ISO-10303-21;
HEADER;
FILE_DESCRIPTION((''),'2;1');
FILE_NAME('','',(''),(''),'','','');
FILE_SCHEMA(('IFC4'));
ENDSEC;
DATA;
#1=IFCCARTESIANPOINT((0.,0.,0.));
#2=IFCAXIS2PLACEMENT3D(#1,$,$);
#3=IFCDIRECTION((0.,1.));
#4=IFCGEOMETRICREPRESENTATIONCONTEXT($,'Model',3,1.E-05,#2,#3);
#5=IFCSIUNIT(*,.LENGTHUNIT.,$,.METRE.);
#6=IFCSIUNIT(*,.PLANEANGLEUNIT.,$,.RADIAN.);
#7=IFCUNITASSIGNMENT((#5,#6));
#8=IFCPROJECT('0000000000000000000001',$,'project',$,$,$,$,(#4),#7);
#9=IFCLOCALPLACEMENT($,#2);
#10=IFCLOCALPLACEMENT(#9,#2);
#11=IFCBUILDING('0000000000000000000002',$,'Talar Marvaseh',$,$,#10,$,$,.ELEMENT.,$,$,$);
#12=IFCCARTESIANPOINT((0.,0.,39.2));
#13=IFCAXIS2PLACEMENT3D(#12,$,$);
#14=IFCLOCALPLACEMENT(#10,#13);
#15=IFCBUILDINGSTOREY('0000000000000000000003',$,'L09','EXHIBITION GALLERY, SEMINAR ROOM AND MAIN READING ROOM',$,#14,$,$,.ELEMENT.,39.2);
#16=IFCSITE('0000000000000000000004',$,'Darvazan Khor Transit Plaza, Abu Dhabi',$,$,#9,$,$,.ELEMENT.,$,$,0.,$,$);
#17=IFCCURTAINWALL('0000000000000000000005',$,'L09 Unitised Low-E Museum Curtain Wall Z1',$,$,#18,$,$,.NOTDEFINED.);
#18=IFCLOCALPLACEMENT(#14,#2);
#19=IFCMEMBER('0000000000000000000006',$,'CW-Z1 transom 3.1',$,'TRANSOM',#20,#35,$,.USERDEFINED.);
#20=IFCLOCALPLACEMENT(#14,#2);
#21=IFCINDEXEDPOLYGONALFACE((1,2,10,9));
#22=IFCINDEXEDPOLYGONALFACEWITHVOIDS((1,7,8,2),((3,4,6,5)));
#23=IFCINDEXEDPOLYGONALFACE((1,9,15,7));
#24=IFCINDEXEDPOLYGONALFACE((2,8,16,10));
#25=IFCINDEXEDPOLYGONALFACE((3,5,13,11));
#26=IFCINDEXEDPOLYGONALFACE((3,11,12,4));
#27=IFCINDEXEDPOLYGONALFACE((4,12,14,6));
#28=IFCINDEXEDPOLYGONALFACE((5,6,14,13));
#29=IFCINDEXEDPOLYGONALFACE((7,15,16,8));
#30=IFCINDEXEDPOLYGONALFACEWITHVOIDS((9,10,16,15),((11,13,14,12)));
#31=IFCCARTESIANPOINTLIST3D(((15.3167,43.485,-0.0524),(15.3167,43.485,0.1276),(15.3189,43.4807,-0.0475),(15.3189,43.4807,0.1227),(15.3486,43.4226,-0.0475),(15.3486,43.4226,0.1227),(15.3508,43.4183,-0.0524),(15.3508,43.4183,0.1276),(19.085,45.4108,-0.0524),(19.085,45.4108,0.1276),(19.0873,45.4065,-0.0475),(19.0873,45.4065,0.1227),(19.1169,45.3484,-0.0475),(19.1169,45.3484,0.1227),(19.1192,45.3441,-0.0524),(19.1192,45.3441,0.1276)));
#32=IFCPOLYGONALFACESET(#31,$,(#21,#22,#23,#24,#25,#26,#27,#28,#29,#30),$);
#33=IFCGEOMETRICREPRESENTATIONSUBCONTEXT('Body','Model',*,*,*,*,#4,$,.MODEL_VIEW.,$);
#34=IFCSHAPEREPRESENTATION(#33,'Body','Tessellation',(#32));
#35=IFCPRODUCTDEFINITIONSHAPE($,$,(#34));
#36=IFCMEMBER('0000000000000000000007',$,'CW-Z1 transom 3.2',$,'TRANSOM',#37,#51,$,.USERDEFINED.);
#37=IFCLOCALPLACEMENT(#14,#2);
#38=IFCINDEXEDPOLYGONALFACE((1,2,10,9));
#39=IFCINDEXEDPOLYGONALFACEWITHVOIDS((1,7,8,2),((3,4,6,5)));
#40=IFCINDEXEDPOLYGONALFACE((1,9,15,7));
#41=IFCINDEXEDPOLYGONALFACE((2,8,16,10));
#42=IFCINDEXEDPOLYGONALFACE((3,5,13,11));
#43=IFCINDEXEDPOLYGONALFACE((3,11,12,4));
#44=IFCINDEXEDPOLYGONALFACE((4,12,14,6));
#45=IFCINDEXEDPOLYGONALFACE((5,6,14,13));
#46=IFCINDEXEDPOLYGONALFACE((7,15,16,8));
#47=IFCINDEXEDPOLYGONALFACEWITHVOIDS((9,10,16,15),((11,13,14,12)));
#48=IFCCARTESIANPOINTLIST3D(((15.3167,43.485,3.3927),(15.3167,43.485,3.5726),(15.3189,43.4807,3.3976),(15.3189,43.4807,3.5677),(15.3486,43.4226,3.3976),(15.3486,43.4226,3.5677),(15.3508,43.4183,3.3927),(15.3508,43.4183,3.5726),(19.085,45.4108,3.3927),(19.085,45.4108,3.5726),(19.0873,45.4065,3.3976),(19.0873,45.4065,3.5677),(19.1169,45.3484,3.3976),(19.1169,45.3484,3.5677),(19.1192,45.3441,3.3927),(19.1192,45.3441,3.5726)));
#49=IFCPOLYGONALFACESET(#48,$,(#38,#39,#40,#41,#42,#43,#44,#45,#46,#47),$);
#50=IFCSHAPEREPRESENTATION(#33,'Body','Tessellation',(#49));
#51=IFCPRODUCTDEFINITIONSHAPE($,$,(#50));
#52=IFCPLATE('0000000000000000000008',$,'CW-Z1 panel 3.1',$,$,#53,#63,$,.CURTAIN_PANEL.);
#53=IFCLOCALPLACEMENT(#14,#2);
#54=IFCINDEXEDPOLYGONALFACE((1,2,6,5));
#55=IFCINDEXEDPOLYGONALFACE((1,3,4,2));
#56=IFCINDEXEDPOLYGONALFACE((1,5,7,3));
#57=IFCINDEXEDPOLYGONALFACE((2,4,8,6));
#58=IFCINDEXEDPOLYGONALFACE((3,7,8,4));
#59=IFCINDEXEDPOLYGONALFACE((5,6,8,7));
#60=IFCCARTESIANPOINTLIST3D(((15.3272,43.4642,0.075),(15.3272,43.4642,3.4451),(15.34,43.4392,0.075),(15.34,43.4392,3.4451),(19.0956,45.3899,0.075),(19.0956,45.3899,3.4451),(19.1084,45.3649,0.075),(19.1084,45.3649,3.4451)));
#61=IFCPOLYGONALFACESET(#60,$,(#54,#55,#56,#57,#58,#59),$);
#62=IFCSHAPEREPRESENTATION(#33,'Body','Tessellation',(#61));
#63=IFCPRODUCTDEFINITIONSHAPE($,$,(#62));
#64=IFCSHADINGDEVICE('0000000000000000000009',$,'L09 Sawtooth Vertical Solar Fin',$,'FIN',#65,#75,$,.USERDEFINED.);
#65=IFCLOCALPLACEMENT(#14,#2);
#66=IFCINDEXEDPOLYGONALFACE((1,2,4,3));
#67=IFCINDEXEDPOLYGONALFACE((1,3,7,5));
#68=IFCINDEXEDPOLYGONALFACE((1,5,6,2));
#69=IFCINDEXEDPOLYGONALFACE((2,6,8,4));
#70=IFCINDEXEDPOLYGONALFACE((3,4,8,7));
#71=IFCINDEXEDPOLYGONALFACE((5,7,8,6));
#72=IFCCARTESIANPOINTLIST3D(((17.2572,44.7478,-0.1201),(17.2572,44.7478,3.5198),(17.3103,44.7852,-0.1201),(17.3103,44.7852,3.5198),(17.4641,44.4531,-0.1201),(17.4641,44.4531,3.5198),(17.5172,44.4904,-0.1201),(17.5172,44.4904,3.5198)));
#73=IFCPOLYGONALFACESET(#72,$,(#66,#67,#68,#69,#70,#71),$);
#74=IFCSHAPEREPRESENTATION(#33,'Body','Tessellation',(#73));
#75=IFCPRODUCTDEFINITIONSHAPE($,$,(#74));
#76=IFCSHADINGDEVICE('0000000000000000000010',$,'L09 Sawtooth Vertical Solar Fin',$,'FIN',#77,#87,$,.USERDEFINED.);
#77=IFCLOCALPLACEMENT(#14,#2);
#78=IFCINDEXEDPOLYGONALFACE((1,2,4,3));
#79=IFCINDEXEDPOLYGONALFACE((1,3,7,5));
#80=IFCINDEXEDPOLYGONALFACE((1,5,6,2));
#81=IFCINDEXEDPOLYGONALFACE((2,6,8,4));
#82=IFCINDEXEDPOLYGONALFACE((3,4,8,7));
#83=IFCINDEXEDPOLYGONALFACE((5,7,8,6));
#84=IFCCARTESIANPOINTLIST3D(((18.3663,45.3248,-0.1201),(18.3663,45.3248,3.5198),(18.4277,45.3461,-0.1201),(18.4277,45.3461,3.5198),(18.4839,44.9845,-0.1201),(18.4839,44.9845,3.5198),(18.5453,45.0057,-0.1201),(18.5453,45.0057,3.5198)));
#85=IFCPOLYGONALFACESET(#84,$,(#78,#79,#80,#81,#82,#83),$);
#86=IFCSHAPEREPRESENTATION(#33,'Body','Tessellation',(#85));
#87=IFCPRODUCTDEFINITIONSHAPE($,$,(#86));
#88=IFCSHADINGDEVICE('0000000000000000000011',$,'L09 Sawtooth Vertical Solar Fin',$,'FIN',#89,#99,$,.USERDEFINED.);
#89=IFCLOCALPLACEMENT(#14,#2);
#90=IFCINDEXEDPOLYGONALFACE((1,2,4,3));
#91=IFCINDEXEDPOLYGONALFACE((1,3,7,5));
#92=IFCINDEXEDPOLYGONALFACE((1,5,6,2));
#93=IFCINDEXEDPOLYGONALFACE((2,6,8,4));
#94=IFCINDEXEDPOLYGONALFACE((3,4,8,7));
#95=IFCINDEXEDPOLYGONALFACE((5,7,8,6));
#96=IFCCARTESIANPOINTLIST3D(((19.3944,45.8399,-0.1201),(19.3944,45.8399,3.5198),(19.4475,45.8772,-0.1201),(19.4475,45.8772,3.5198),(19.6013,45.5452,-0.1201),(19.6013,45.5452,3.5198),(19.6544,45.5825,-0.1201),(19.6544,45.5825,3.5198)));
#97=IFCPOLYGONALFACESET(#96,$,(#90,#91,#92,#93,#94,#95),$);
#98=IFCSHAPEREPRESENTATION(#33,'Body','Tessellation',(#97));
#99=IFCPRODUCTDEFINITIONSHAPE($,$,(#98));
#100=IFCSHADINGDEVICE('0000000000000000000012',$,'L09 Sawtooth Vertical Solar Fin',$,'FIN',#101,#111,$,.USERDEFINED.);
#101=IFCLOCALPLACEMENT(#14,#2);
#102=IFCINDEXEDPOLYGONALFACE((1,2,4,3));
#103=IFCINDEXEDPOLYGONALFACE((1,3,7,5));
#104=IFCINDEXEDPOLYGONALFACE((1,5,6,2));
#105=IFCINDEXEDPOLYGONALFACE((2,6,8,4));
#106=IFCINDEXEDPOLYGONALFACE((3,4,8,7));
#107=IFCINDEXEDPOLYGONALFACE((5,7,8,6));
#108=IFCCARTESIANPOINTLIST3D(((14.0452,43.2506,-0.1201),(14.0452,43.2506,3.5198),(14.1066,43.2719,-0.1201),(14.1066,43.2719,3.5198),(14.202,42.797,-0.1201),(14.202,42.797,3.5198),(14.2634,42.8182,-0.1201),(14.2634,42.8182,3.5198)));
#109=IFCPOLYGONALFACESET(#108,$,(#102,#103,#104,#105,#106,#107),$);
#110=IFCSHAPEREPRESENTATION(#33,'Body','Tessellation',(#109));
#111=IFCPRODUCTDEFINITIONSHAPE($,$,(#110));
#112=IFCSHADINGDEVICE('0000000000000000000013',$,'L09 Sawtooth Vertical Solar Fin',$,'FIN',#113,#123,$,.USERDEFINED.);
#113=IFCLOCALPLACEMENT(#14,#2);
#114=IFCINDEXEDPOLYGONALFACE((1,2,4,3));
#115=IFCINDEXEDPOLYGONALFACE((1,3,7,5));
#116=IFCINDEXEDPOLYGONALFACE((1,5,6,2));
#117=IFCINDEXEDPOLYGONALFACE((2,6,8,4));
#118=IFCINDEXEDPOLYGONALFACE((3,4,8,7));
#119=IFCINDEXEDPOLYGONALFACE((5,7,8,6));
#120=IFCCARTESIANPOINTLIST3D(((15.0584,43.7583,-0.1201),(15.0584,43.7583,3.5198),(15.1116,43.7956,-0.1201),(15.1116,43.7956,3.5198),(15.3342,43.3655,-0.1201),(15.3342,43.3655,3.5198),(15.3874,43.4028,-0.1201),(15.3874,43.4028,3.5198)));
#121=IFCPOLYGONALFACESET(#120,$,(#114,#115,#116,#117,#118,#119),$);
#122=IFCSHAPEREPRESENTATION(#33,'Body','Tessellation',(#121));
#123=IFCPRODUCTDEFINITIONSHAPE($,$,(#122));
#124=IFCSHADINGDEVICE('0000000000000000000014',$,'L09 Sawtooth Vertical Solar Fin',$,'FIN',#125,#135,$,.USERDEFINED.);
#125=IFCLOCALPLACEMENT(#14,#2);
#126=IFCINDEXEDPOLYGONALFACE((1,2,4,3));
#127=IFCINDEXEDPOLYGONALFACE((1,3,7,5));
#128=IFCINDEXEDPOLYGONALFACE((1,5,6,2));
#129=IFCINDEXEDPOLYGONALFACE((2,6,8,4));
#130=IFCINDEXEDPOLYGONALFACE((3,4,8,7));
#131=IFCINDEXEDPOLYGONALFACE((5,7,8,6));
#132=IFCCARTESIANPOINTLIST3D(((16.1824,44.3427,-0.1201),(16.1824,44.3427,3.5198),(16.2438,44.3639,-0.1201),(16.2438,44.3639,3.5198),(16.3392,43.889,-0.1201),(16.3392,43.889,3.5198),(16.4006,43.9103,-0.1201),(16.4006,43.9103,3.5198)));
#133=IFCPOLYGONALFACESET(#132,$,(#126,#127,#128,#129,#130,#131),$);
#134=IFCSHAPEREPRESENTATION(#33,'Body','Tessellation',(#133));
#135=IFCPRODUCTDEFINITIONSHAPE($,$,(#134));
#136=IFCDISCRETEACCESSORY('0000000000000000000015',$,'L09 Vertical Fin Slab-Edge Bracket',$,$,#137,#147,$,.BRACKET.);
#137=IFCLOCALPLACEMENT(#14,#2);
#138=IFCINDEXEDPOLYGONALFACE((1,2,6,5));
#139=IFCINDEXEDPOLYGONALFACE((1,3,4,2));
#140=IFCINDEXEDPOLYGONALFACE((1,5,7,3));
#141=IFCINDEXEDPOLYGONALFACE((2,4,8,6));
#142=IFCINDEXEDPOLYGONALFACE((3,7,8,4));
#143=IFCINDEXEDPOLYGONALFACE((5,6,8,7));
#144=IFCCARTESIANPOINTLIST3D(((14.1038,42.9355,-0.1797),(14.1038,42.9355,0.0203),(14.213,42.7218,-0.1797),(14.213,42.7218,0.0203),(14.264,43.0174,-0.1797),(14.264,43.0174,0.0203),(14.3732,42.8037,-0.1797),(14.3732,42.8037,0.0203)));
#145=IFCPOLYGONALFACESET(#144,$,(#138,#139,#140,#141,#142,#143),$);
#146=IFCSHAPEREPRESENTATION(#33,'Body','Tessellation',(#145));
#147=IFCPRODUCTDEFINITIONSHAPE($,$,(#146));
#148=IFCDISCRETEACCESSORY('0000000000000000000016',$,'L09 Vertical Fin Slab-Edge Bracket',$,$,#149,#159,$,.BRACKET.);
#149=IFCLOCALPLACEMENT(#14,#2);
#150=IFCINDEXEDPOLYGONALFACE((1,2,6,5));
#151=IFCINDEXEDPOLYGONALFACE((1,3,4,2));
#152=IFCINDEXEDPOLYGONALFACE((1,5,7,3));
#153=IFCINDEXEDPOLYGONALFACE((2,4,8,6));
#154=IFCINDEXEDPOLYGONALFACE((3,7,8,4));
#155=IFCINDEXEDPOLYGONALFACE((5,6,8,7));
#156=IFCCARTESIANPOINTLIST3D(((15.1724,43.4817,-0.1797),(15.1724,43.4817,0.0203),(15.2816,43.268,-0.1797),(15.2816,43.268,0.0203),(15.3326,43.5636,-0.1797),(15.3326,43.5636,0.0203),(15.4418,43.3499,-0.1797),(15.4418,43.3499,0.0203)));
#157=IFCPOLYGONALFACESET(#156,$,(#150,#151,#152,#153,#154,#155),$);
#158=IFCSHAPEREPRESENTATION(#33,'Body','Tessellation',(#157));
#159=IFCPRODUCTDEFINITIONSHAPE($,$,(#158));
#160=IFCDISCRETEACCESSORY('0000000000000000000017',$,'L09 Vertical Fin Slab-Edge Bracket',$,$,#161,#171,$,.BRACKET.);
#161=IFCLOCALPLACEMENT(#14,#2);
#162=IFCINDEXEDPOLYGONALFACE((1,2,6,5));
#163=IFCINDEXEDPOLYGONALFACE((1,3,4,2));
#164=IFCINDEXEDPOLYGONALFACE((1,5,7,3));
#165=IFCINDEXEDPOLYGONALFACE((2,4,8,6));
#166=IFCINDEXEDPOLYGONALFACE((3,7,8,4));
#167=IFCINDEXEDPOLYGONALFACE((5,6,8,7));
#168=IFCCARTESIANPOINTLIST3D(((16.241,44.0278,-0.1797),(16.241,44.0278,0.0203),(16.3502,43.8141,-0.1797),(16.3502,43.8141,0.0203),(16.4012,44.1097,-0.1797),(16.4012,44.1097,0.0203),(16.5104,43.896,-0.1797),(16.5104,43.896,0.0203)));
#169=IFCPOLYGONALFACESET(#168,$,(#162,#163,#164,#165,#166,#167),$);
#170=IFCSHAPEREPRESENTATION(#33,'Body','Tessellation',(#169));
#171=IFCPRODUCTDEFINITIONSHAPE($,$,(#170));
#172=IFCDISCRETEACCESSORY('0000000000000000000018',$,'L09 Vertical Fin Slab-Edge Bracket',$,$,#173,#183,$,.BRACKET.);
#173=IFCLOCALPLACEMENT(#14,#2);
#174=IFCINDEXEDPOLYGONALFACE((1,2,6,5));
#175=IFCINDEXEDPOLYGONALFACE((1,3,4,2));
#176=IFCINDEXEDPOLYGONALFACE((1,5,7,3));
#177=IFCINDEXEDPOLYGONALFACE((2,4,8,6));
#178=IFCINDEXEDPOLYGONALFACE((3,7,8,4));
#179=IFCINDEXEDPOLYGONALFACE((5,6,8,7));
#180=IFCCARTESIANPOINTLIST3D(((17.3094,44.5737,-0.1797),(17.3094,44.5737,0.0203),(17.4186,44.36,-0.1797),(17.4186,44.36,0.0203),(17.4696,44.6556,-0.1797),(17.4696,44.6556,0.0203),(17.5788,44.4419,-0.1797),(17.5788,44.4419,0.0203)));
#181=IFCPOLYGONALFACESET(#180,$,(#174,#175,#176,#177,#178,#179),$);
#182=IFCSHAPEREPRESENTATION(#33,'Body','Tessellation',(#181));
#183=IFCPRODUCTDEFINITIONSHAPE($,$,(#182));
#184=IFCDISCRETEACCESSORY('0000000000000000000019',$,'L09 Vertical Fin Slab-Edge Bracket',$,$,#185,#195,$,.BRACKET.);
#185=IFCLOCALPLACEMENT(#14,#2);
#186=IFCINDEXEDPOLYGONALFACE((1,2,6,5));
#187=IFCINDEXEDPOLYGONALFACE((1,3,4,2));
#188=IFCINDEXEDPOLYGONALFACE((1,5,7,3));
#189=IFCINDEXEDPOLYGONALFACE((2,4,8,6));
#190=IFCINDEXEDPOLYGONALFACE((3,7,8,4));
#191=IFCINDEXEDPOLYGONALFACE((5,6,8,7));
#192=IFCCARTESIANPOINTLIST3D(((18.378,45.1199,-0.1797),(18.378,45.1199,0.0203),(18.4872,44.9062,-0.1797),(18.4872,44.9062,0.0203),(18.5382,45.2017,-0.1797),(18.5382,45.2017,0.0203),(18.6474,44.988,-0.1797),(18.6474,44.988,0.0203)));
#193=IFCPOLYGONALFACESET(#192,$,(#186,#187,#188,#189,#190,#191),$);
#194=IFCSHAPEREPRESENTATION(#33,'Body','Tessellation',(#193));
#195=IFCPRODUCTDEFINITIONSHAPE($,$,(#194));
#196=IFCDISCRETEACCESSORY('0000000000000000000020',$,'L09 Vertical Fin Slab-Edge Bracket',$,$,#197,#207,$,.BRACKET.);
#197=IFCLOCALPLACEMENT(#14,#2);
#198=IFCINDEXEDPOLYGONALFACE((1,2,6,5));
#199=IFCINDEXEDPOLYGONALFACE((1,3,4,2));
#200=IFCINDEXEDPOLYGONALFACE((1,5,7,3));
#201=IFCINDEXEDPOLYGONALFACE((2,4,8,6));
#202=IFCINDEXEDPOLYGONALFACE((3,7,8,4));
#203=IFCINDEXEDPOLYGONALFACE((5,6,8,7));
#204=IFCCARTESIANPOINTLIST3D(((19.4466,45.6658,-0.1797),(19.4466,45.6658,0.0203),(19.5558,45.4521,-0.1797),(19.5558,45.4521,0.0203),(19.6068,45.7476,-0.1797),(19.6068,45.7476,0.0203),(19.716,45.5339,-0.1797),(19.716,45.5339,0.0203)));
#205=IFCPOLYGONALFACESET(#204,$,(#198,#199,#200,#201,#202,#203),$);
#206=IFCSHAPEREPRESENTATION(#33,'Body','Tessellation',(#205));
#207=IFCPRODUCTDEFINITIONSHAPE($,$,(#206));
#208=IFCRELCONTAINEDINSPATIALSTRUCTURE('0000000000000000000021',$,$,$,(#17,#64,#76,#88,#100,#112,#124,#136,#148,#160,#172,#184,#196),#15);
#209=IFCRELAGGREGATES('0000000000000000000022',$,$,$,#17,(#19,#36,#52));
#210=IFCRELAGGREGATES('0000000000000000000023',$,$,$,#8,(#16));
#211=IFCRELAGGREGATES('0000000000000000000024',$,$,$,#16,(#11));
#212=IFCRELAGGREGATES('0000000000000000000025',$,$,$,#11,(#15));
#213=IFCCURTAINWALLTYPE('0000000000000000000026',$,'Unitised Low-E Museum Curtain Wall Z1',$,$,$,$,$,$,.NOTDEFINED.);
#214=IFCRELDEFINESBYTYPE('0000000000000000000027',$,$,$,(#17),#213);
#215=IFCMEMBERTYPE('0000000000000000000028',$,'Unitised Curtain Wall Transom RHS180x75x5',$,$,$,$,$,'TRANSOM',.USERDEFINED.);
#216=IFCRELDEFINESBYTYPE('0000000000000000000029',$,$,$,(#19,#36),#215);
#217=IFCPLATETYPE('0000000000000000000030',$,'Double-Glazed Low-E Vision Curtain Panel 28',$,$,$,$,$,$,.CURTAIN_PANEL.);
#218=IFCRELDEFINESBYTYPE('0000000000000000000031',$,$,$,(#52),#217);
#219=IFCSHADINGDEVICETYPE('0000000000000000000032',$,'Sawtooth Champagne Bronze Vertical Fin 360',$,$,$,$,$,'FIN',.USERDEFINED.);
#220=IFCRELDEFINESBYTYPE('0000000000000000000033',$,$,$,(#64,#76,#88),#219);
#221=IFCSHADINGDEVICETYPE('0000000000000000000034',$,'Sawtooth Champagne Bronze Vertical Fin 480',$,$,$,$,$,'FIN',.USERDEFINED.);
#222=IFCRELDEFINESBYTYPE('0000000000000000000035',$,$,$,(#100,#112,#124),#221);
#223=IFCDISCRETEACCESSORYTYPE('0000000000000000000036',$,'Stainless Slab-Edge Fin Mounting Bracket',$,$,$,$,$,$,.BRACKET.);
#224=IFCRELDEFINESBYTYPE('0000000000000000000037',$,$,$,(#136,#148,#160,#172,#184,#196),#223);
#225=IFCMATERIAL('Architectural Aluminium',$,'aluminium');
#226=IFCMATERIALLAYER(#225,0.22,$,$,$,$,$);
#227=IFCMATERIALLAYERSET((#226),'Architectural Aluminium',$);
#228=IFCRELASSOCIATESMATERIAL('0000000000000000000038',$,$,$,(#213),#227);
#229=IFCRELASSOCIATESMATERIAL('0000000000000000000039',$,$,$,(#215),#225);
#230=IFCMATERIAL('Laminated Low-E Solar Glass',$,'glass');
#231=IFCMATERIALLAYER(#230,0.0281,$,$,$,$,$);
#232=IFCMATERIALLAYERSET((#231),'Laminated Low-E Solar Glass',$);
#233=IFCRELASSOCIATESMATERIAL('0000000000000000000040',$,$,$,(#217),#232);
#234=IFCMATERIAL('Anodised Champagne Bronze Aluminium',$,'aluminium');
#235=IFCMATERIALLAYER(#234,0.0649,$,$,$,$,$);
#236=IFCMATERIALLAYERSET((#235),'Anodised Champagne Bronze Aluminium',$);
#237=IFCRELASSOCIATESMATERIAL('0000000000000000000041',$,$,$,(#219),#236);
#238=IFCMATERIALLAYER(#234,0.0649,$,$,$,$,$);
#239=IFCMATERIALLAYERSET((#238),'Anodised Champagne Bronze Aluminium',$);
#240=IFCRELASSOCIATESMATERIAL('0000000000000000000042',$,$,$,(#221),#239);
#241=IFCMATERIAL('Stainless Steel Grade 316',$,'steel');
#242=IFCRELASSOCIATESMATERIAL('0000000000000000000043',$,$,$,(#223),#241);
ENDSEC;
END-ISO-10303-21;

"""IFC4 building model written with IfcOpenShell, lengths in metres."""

from ifc_helpers import new_model, si_unit, direction, frame, origin, origin_2d, place, context, subcontext, project, spatial, rectangle, hollow_rectangle, extrude, source, transform, mapped, material, layer, layer_set, material_profile, profile_set, type_object, type_shapes, element, aggregate, save


model = new_model("IFC4")

# Units and contexts
model_context = context("Model", 3, precision=1e-05, world=origin(), true_north=direction((0.0, 1.0)))
body_context = subcontext(model_context, "Body", "Model", "MODEL_VIEW")
ifc_project = project(units=[si_unit("LENGTHUNIT", "METRE"), si_unit("PLANEANGLEUNIT", "RADIAN")], contexts=[model_context])

# Site, building, storey
site_placement = place(None, origin())
site = spatial("IfcSite", under=ifc_project, at=site_placement, Name="Darvazan Khor Transit Plaza, Abu Dhabi", CompositionType="ELEMENT", RefElevation=0.0)
building_placement = place(site_placement, origin())
building = spatial("IfcBuilding", under=site, at=building_placement, Name="Talar Marvaseh", CompositionType="ELEMENT")
storey_placement = place(building_placement, frame((0.0, 0.0, 39.2)))
storey = spatial("IfcBuildingStorey", under=building, at=storey_placement, Name="L09", Description="EXHIBITION GALLERY, SEMINAR ROOM AND MAIN READING ROOM", CompositionType="ELEMENT", Elevation=39.2)

# Curtain wall, members, plate
ifc_material_1 = material(Name="Architectural Aluminium", Category="aluminium")
ifc_layer_1 = layer(ifc_material_1, 0.22)
ifc_layer_set_1 = layer_set([ifc_layer_1], Name="Architectural Aluminium")
curtain_wall_type = type_object("IfcCurtainWallType", Name="Unitised Low-E Museum Curtain Wall Z1", PredefinedType="NOTDEFINED", material=ifc_layer_set_1)
curtain_wall_placement = place(storey_placement, origin())
curtain_wall = element("IfcCurtainWall", 1, at=curtain_wall_placement, inside=storey, type_object=curtain_wall_type, Name="L09 Unitised Low-E Museum Curtain Wall Z1", PredefinedType="NOTDEFINED")
ifc_material_profile_1 = material_profile(ifc_material_1, hollow_rectangle(XDim=0.075, YDim=0.1799, WallThickness=0.0049, at=origin_2d()), Name="RHS180x75x5")
ifc_profile_set_1 = profile_set([ifc_material_profile_1], Name="Architectural Aluminium")
member_type_1 = type_object("IfcMemberType", Name="Unitised Curtain Wall Transom RHS180x75x5", ElementType="TRANSOM", PredefinedType="USERDEFINED", material=ifc_profile_set_1)
shared_shape_1 = source(origin(), body_context, "Body", "SweptSolid", [
    extrude(hollow_rectangle(XDim=0.075, YDim=0.1799, WallThickness=0.0049, at=origin_2d()), origin(), (0.0, 0.0, 1.0), 4.2319),
])
member_1_placement = place(storey_placement, frame((15.3337, 43.4517, 0.0376), z_axis=(0.890458, 0.455065, 0.0), x_axis=(-0.455065, 0.890458, 0.0)))
member_1 = element("IfcMember", 2, at=member_1_placement, type_object=member_type_1, Name="CW-Z1 transom 3.1", ObjectType="TRANSOM", PredefinedType="USERDEFINED", context=body_context, shape_type="MappedRepresentation", body=[
    mapped(shared_shape_1, transform((0.0, 0.0, 0.0), x_axis=(1.0, 0.0, 0.0), y_axis=(0.0, 1.0, 0.0), z_axis=(0.0, 0.0, 1.0), scale=1.0)),
])
member_2_placement = place(storey_placement, frame((15.3337, 43.4517, 3.4827), z_axis=(0.890458, 0.455065, 0.0), x_axis=(-0.455065, 0.890458, 0.0)))
member_2 = element("IfcMember", 3, at=member_2_placement, type_object=member_type_1, Name="CW-Z1 transom 3.2", ObjectType="TRANSOM", PredefinedType="USERDEFINED", context=body_context, shape_type="MappedRepresentation", body=[
    mapped(shared_shape_1, transform((0.0, 0.0, 0.0), x_axis=(1.0, 0.0, 0.0), y_axis=(0.0, 1.0, 0.0), z_axis=(0.0, 0.0, 1.0), scale=1.0)),
])
ifc_material_2 = material(Name="Laminated Low-E Solar Glass", Category="glass")
ifc_layer_2 = layer(ifc_material_2, 0.0281)
ifc_layer_set_2 = layer_set([ifc_layer_2], Name="Laminated Low-E Solar Glass")
plate_type = type_object("IfcPlateType", Name="Double-Glazed Low-E Vision Curtain Panel 28", PredefinedType="CURTAIN_PANEL", material=ifc_layer_set_2)
shared_shape_2 = source(origin(), body_context, "Body", "SweptSolid", [
    extrude(rectangle(XDim=4.2319, YDim=0.0281, at=origin_2d()), origin(), (0.0, 0.0, 1.0), 3.3701),
])
type_shapes(plate_type, [shared_shape_2])
plate_placement = place(storey_placement, frame((17.2178, 44.4146, 0.075), z_axis=(0.0, 0.0, 1.0), x_axis=(0.890469, 0.455044, 0.0)))
plate = element("IfcPlate", 4, at=plate_placement, type_object=plate_type, Name="CW-Z1 panel 3.1", PredefinedType="CURTAIN_PANEL", context=body_context, shape_type="MappedRepresentation", body=[
    mapped(shared_shape_2, transform((0.0, 0.0, 0.0), x_axis=(1.0, 0.0, 0.0), y_axis=(0.0, 1.0, 0.0), z_axis=(0.0, 0.0, 1.0), scale=1.0)),
])
aggregate(curtain_wall, [member_1, member_2, plate])

# Shading devices
ifc_material_3 = material(Name="Anodised Champagne Bronze Aluminium", Category="aluminium")
ifc_layer_3 = layer(ifc_material_3, 0.0649)
ifc_layer_set_3 = layer_set([ifc_layer_3], Name="Anodised Champagne Bronze Aluminium")
shading_device_type_1 = type_object("IfcShadingDeviceType", Name="Sawtooth Champagne Bronze Vertical Fin 360", ElementType="FIN", PredefinedType="USERDEFINED", material=ifc_layer_set_3)
shared_shape_3 = source(origin(), body_context, "Body", "SweptSolid", [
    extrude(rectangle(XDim=0.3601, YDim=0.0649, at=origin_2d()), origin(), (0.0, 0.0, 1.0), 3.6399),
])
type_shapes(shading_device_type_1, [shared_shape_3])
for number, where, z_axis, x_axis, name in (
    (5, (17.3872, 44.6191, -0.1201), (0.0, 0.0, 1.0), (-0.574577, 0.818451, 0.0), "L09 Sawtooth Vertical Solar Fin"),
    (6, (18.4558, 45.1653, -0.1201), (0.0, 0.0, 1.0), (-0.326723, 0.94512, 0.0), "L09 Sawtooth Vertical Solar Fin"),
    (7, (19.5244, 45.7112, -0.1201), (0.0, 0.0, 1.0), (-0.574577, 0.818451, 0.0), "L09 Sawtooth Vertical Solar Fin"),
):
    element("IfcShadingDevice", number, at=place(storey_placement, frame(where, z_axis=z_axis, x_axis=x_axis)), inside=storey, type_object=shading_device_type_1, Name=name, ObjectType="FIN", PredefinedType="USERDEFINED", context=body_context, shape_type="MappedRepresentation", body=[
        mapped(shared_shape_3, transform((0.0, 0.0, 0.0), x_axis=(1.0, 0.0, 0.0), y_axis=(0.0, 1.0, 0.0), z_axis=(0.0, 0.0, 1.0), scale=1.0)),
    ])
ifc_layer_4 = layer(ifc_material_3, 0.0649)
ifc_layer_set_4 = layer_set([ifc_layer_4], Name="Anodised Champagne Bronze Aluminium")
shading_device_type_2 = type_object("IfcShadingDeviceType", Name="Sawtooth Champagne Bronze Vertical Fin 480", ElementType="FIN", PredefinedType="USERDEFINED", material=ifc_layer_set_4)
shared_shape_4 = source(origin(), body_context, "Body", "SweptSolid", [
    extrude(rectangle(XDim=0.48, YDim=0.0649, at=origin_2d()), origin(), (0.0, 0.0, 1.0), 3.6399),
])
type_shapes(shading_device_type_2, [shared_shape_4])
for number, where, z_axis, x_axis, name in (
    (8, (14.1543, 43.0344, -0.1201), (0.0, 0.0, 1.0), (-0.326723, 0.94512, 0.0), "L09 Sawtooth Vertical Solar Fin"),
    (9, (15.2229, 43.5806, -0.1201), (0.0, 0.0, 1.0), (-0.574577, 0.818451, 0.0), "L09 Sawtooth Vertical Solar Fin"),
    (10, (16.2915, 44.1265, -0.1201), (0.0, 0.0, 1.0), (-0.326723, 0.94512, 0.0), "L09 Sawtooth Vertical Solar Fin"),
):
    element("IfcShadingDevice", number, at=place(storey_placement, frame(where, z_axis=z_axis, x_axis=x_axis)), inside=storey, type_object=shading_device_type_2, Name=name, ObjectType="FIN", PredefinedType="USERDEFINED", context=body_context, shape_type="MappedRepresentation", body=[
        mapped(shared_shape_4, transform((0.0, 0.0, 0.0), x_axis=(1.0, 0.0, 0.0), y_axis=(0.0, 1.0, 0.0), z_axis=(0.0, 0.0, 1.0), scale=1.0)),
    ])

# Discrete accessories
ifc_material_4 = material(Name="Stainless Steel Grade 316", Category="steel")
discrete_accessory_type = type_object("IfcDiscreteAccessoryType", Name="Stainless Slab-Edge Fin Mounting Bracket", PredefinedType="BRACKET", material=ifc_material_4)
shared_shape_5 = source(origin(), body_context, "Body", "SweptSolid", [
    extrude(rectangle(XDim=0.24, YDim=0.1799, at=origin_2d()), origin(), (0.0, 0.0, 1.0), 0.2),
])
type_shapes(discrete_accessory_type, [shared_shape_5])
for number, where, z_axis, x_axis, name in (
    (11, (14.2385, 42.8696, -0.1797), (0.0, 0.0, 1.0), (-0.455079, 0.890451, 0.0), "L09 Vertical Fin Slab-Edge Bracket"),
    (12, (15.3071, 43.4158, -0.1797), (0.0, 0.0, 1.0), (-0.455079, 0.890451, 0.0), "L09 Vertical Fin Slab-Edge Bracket"),
    (13, (16.3757, 43.9619, -0.1797), (0.0, 0.0, 1.0), (-0.455079, 0.890451, 0.0), "L09 Vertical Fin Slab-Edge Bracket"),
    (14, (17.4441, 44.5078, -0.1797), (0.0, 0.0, 1.0), (-0.455079, 0.890451, 0.0), "L09 Vertical Fin Slab-Edge Bracket"),
    (15, (18.5127, 45.054, -0.1797), (0.0, 0.0, 1.0), (-0.455079, 0.890451, 0.0), "L09 Vertical Fin Slab-Edge Bracket"),
    (16, (19.5813, 45.5999, -0.1797), (0.0, 0.0, 1.0), (-0.455079, 0.890451, 0.0), "L09 Vertical Fin Slab-Edge Bracket"),
):
    element("IfcDiscreteAccessory", number, at=place(storey_placement, frame(where, z_axis=z_axis, x_axis=x_axis)), inside=storey, type_object=discrete_accessory_type, Name=name, PredefinedType="BRACKET", context=body_context, shape_type="MappedRepresentation", body=[
        mapped(shared_shape_5, transform((0.0, 0.0, 0.0), x_axis=(1.0, 0.0, 0.0), y_axis=(0.0, 1.0, 0.0), z_axis=(0.0, 0.0, 1.0), scale=1.0)),
    ])

save(model, "model.ifc")
